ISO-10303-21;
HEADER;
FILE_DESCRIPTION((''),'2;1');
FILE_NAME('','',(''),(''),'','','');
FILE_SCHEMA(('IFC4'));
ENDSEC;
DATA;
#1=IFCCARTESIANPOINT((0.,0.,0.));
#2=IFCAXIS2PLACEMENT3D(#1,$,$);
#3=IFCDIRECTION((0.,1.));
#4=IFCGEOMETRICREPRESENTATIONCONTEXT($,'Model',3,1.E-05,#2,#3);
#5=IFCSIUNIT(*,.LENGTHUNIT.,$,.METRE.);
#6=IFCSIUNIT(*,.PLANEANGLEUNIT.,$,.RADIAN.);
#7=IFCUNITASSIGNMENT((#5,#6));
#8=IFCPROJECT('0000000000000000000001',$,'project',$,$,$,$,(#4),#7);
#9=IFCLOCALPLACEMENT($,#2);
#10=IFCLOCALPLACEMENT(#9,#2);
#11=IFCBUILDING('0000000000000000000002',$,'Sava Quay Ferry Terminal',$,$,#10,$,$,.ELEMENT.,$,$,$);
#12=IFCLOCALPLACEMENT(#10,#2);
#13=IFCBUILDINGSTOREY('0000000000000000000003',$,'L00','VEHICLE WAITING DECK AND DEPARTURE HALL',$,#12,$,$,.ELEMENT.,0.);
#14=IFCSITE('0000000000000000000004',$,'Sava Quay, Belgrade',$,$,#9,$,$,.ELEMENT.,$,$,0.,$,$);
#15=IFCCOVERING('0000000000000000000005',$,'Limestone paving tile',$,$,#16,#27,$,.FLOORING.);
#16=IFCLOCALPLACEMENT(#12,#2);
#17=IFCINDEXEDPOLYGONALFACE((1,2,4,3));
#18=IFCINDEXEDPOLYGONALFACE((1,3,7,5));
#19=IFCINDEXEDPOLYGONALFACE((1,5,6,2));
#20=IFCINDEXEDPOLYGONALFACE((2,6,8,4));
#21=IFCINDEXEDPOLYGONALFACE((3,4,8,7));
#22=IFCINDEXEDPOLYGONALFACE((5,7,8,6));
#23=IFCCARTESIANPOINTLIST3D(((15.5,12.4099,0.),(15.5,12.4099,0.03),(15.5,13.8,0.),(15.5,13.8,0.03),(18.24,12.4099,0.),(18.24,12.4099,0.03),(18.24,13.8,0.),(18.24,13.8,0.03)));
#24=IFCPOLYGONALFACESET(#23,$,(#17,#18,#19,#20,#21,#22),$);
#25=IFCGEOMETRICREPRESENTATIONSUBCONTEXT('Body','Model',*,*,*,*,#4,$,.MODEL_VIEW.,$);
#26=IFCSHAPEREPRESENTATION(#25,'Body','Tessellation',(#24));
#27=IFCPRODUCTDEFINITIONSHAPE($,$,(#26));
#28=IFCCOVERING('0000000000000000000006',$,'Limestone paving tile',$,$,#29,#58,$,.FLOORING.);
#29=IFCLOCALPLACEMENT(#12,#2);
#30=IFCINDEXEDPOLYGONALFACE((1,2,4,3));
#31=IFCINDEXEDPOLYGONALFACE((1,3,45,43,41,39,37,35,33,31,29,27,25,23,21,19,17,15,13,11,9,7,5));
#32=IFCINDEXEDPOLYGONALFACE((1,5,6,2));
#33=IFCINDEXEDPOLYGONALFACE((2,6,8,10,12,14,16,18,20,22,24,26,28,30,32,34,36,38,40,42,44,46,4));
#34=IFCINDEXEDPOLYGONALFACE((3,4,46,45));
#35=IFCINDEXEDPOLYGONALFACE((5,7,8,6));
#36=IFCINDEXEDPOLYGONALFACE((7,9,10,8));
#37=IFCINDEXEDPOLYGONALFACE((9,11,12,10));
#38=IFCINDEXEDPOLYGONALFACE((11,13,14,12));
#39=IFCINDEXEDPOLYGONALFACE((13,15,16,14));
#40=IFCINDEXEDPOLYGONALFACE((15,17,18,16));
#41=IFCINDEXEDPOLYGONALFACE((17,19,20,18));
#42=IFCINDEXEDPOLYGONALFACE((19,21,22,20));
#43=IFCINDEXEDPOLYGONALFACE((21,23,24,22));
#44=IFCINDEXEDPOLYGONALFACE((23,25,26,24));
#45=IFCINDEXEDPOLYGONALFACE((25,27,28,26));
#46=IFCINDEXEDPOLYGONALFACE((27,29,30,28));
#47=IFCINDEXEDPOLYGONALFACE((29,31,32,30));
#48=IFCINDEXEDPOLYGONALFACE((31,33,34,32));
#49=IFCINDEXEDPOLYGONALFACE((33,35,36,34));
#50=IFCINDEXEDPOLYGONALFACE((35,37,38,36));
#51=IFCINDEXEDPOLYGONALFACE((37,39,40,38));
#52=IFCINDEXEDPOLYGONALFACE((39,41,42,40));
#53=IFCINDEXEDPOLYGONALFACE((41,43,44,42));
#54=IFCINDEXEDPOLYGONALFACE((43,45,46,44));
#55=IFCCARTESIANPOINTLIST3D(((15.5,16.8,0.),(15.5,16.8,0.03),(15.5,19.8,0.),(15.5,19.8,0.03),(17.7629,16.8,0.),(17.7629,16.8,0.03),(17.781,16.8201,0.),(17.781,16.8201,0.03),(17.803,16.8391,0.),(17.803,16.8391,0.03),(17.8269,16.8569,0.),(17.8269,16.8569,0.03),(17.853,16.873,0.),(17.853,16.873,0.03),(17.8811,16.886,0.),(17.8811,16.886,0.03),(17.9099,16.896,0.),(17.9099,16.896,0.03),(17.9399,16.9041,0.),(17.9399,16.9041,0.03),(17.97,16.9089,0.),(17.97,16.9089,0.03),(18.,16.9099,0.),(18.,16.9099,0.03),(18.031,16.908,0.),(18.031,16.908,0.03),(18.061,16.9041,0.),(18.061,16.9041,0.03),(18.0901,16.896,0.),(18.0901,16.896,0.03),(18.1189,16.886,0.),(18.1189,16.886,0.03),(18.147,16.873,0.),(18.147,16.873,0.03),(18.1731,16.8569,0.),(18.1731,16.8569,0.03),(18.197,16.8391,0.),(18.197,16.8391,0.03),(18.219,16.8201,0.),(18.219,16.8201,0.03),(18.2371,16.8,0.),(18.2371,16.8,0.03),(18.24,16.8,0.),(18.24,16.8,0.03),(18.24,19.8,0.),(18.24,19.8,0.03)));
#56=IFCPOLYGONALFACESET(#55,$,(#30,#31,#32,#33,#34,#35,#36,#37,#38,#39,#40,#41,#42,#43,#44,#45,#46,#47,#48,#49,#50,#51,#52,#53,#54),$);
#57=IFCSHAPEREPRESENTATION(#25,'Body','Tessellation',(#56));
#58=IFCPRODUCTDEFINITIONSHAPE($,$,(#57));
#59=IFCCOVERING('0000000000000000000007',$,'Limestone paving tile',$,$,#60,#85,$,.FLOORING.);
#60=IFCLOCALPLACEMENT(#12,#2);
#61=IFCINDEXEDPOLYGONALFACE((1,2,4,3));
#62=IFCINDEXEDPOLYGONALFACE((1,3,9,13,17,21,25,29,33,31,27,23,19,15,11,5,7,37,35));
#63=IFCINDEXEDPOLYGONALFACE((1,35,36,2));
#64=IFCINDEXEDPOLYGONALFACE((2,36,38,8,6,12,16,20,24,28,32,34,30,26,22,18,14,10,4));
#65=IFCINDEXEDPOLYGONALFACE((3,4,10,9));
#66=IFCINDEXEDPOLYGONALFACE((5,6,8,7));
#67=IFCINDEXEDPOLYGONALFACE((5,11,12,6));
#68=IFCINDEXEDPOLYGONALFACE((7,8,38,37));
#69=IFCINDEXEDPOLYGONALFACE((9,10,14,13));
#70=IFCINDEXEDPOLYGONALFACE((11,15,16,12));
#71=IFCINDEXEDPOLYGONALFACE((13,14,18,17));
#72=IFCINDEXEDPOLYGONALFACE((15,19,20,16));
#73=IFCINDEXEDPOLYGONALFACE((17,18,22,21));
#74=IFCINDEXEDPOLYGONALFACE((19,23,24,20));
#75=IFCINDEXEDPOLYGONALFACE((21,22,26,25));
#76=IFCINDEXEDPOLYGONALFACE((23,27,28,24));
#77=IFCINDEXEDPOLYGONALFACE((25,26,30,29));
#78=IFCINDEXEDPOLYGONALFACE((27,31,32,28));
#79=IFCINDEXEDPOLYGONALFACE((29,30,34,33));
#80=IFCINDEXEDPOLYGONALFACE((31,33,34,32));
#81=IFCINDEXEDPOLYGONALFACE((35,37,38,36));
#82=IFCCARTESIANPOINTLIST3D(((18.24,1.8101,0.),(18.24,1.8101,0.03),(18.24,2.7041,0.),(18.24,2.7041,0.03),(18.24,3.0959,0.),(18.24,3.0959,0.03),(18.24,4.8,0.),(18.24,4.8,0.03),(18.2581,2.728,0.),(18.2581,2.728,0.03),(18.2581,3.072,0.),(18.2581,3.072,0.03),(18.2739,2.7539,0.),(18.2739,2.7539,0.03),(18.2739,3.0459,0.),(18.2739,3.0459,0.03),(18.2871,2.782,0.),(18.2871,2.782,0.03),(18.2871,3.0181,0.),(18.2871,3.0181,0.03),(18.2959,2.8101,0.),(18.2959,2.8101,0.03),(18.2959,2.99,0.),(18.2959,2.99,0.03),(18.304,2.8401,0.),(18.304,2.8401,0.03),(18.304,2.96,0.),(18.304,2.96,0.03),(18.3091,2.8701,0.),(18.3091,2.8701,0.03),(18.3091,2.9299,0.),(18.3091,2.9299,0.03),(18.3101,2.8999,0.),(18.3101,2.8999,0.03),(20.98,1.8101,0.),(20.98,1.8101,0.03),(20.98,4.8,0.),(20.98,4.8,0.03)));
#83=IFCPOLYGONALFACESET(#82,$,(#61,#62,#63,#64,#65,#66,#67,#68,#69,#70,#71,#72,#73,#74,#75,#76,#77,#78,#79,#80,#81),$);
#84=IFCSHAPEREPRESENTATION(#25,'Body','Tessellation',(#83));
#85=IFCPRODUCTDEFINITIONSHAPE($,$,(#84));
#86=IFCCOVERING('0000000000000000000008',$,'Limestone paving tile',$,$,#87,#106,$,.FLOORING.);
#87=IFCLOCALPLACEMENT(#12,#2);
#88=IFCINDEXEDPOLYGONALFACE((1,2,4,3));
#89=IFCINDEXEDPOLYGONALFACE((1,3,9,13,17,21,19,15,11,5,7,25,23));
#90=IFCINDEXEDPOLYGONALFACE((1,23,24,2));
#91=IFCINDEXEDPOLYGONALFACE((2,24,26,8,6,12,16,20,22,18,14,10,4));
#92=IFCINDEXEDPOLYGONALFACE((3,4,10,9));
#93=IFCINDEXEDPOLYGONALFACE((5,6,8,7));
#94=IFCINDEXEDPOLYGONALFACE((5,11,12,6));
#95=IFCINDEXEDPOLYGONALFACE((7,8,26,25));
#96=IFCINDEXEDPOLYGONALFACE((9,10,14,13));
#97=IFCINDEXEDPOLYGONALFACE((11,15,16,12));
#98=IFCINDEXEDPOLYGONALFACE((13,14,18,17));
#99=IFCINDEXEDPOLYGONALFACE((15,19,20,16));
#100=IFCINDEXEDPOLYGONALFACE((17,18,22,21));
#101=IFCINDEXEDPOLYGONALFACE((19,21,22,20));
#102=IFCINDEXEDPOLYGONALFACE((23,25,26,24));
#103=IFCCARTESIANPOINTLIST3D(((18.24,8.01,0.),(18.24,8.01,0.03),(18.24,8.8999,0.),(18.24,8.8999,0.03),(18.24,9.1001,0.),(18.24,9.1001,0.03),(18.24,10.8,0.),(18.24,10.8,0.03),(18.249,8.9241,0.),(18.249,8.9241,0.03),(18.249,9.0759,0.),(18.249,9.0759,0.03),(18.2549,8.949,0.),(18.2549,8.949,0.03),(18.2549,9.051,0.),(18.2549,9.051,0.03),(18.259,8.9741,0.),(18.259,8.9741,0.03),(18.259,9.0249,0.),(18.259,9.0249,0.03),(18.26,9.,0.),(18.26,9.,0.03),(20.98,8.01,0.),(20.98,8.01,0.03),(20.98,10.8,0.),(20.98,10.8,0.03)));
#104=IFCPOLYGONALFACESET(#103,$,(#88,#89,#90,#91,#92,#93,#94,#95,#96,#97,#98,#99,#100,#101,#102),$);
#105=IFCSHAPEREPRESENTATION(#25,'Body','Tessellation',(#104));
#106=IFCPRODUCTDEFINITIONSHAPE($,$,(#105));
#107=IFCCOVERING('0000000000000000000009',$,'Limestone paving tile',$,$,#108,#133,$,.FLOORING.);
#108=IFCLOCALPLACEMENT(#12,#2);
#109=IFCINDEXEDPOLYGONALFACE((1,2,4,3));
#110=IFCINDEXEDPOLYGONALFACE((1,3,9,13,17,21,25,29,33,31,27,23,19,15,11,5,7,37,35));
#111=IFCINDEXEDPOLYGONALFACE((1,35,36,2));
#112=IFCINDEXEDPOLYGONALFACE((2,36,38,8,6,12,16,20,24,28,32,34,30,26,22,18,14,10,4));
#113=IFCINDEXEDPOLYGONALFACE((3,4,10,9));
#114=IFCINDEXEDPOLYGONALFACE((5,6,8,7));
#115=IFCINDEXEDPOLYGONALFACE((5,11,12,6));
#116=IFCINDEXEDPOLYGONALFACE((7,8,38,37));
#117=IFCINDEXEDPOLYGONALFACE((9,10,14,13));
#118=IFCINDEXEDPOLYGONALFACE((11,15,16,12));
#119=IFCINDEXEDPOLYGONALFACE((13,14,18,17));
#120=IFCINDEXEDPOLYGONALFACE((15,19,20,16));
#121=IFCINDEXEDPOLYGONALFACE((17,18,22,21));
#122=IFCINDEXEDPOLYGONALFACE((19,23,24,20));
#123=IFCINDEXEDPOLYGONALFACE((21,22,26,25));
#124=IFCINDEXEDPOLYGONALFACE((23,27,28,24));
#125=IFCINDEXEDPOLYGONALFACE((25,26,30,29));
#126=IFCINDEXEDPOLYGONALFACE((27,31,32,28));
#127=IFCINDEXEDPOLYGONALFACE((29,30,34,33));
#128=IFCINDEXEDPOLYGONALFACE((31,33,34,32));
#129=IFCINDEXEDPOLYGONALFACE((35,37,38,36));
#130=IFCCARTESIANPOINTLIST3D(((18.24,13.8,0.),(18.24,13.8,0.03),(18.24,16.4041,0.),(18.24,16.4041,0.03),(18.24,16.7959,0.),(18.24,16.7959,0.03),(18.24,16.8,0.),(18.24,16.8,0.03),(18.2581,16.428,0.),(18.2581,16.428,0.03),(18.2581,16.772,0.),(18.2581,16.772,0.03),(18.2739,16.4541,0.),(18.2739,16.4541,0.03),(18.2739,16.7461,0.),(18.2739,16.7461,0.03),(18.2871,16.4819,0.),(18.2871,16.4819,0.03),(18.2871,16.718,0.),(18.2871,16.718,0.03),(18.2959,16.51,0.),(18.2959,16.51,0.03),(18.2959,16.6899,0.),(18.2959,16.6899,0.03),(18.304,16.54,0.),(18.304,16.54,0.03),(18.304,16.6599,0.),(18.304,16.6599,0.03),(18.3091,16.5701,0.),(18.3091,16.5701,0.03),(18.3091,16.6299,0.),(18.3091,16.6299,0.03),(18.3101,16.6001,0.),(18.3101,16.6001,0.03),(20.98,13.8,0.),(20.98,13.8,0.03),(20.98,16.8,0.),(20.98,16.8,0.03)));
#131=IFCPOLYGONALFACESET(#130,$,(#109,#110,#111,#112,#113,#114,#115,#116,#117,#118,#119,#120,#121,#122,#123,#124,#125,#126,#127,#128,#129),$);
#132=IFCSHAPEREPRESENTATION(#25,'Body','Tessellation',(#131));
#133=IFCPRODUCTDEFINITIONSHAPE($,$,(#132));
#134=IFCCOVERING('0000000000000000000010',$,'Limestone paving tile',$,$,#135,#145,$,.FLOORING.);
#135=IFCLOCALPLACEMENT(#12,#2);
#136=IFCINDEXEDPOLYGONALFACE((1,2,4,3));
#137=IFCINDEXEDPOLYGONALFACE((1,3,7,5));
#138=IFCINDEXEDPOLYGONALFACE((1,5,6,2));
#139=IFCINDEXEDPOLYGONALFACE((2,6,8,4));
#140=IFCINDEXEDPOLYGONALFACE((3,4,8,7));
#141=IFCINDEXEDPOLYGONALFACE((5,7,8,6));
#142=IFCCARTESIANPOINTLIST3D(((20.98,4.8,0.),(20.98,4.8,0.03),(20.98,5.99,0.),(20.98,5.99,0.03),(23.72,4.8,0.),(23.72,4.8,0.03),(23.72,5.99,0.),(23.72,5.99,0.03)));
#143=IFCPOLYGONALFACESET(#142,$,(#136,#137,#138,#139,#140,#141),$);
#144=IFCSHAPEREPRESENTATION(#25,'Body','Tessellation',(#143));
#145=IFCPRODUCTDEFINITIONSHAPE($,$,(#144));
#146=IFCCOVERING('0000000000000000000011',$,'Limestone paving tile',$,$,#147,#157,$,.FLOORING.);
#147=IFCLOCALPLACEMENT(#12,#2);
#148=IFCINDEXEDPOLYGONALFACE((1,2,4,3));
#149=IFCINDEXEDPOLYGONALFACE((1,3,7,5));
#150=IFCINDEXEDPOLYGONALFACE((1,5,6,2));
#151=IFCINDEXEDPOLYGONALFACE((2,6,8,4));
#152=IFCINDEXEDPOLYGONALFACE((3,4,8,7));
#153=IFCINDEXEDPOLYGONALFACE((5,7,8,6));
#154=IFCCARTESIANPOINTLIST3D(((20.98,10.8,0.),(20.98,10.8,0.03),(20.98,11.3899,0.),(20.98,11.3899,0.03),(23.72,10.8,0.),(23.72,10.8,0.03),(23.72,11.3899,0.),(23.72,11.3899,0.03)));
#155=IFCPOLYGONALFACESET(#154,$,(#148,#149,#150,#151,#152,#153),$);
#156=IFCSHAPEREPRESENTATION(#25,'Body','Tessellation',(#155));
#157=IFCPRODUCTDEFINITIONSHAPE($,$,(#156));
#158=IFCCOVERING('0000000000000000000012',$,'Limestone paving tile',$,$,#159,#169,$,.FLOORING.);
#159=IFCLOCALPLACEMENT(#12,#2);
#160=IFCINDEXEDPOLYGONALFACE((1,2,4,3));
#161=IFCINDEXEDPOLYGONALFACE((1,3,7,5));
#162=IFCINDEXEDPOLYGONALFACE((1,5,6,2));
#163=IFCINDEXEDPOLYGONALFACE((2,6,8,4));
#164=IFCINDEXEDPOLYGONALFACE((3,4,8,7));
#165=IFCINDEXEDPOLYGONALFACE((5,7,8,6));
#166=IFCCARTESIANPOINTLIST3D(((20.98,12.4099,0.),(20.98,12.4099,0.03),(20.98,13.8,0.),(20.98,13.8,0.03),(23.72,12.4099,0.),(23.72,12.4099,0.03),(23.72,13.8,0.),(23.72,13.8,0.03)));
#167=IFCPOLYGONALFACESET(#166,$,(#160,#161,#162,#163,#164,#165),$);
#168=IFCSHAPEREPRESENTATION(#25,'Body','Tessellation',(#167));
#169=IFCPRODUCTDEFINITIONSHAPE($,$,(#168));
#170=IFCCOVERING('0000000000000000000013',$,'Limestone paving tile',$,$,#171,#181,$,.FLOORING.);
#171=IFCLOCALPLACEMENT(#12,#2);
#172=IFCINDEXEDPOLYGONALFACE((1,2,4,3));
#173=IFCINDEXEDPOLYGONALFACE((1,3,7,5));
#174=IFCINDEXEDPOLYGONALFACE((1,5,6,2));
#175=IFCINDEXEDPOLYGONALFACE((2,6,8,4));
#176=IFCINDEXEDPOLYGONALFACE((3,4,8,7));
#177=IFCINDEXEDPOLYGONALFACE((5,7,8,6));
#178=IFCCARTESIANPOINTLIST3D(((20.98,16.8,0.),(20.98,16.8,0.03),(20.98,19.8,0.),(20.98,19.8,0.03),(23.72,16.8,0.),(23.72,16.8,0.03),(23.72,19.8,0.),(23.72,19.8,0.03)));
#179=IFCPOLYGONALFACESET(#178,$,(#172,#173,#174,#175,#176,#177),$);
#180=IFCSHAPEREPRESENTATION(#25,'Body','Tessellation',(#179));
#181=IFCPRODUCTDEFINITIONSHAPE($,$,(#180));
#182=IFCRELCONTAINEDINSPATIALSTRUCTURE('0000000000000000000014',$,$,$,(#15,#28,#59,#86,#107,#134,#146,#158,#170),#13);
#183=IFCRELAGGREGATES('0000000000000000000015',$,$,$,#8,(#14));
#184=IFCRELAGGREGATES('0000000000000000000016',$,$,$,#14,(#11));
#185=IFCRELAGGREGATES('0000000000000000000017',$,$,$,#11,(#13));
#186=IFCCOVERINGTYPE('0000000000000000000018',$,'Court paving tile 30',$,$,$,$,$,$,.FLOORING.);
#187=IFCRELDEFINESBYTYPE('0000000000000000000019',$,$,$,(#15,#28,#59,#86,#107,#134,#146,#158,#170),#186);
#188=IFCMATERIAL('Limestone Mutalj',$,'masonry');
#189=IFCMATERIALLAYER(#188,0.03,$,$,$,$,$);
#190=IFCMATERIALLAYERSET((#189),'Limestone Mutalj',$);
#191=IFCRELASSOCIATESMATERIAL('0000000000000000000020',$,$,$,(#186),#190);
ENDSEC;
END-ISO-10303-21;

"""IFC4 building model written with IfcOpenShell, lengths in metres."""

from ifc_helpers import new_model, si_unit, direction, origin, place, context, subcontext, project, spatial, polyline, outline, extrude, material, layer, layer_set, type_object, element, save


model = new_model("IFC4")

# Units and contexts
model_context = context("Model", 3, precision=1e-05, world=origin(), true_north=direction((0.0, 1.0)))
body_context = subcontext(model_context, "Body", "Model", "MODEL_VIEW")
ifc_project = project(units=[si_unit("LENGTHUNIT", "METRE"), si_unit("PLANEANGLEUNIT", "RADIAN")], contexts=[model_context])

# Site, building, storey
site_placement = place(None, origin())
site = spatial("IfcSite", under=ifc_project, at=site_placement, Name="Sava Quay, Belgrade", CompositionType="ELEMENT", RefElevation=0.0)
building_placement = place(site_placement, origin())
building = spatial("IfcBuilding", under=site, at=building_placement, Name="Sava Quay Ferry Terminal", CompositionType="ELEMENT")
storey_placement = place(building_placement, origin())
storey = spatial("IfcBuildingStorey", under=building, at=storey_placement, Name="L00", Description="VEHICLE WAITING DECK AND DEPARTURE HALL", CompositionType="ELEMENT", Elevation=0.0)

# Coverings
ifc_material_1 = material(Name="Limestone Mutalj", Category="masonry")
ifc_layer_1 = layer(ifc_material_1, 0.03)
ifc_layer_set_1 = layer_set([ifc_layer_1], Name="Limestone Mutalj")
covering_type_1 = type_object("IfcCoveringType", Name="Court paving tile 30", PredefinedType="FLOORING", material=ifc_layer_set_1)
covering_1_placement = place(storey_placement, origin())
element("IfcCovering", 1, at=covering_1_placement, inside=storey, type_object=covering_type_1, Name="Limestone paving tile", PredefinedType="FLOORING", context=body_context, shape_type="SweptSolid", body=[
    extrude(outline(polyline([(15.5, 13.8), (15.5, 12.4099), (18.24, 12.4099), (18.24, 13.8), (15.5, 13.8)])), origin(), (0.0, 0.0, 1.0), 0.03),
])
covering_2_placement = place(storey_placement, origin())
element("IfcCovering", 2, at=covering_2_placement, inside=storey, type_object=covering_type_1, Name="Limestone paving tile", PredefinedType="FLOORING", context=body_context, shape_type="SweptSolid", body=[
    extrude(outline(polyline([(18.24, 16.8), (18.24, 19.8), (15.5, 19.8), (15.5, 16.8), (17.7629, 16.8), (17.781, 16.8201), (17.803, 16.8391), (17.8269, 16.8569), (17.853, 16.873), (17.8811, 16.886), (17.9099, 16.896), (17.9399, 16.9041), (17.97, 16.9089), (18.0, 16.9099), (18.031, 16.908), (18.061, 16.9041), (18.0901, 16.896), (18.1189, 16.886), (18.147, 16.873), (18.1731, 16.8569), (18.197, 16.8391), (18.219, 16.8201), (18.2371, 16.8), (18.24, 16.8)])), origin(), (0.0, 0.0, 1.0), 0.03),
])
covering_3_placement = place(storey_placement, origin())
element("IfcCovering", 3, at=covering_3_placement, inside=storey, type_object=covering_type_1, Name="Limestone paving tile", PredefinedType="FLOORING", context=body_context, shape_type="SweptSolid", body=[
    extrude(outline(polyline([(18.24, 4.8), (18.24, 3.0959), (18.2581, 3.072), (18.2739, 3.0459), (18.2871, 3.0181), (18.2959, 2.99), (18.304, 2.96), (18.3091, 2.9299), (18.3101, 2.8999), (18.3091, 2.8701), (18.304, 2.8401), (18.2959, 2.8101), (18.2871, 2.782), (18.2739, 2.7539), (18.2581, 2.728), (18.24, 2.7041), (18.24, 1.8101), (20.98, 1.8101), (20.98, 4.8), (18.24, 4.8)])), origin(), (0.0, 0.0, 1.0), 0.03),
])
covering_4_placement = place(storey_placement, origin())
element("IfcCovering", 4, at=covering_4_placement, inside=storey, type_object=covering_type_1, Name="Limestone paving tile", PredefinedType="FLOORING", context=body_context, shape_type="SweptSolid", body=[
    extrude(outline(polyline([(18.24, 10.8), (18.24, 9.1001), (18.249, 9.0759), (18.2549, 9.051), (18.259, 9.0249), (18.26, 9.0), (18.259, 8.9741), (18.2549, 8.949), (18.249, 8.9241), (18.24, 8.8999), (18.24, 8.01), (20.98, 8.01), (20.98, 10.8), (18.24, 10.8)])), origin(), (0.0, 0.0, 1.0), 0.03),
])
covering_5_placement = place(storey_placement, origin())
element("IfcCovering", 5, at=covering_5_placement, inside=storey, type_object=covering_type_1, Name="Limestone paving tile", PredefinedType="FLOORING", context=body_context, shape_type="SweptSolid", body=[
    extrude(outline(polyline([(18.24, 16.8), (18.24, 16.7959), (18.2581, 16.772), (18.2739, 16.7461), (18.2871, 16.718), (18.2959, 16.6899), (18.304, 16.6599), (18.3091, 16.6299), (18.3101, 16.6001), (18.3091, 16.5701), (18.304, 16.54), (18.2959, 16.51), (18.2871, 16.4819), (18.2739, 16.4541), (18.2581, 16.428), (18.24, 16.4041), (18.24, 13.8), (20.98, 13.8), (20.98, 16.8), (18.24, 16.8)])), origin(), (0.0, 0.0, 1.0), 0.03),
])
covering_6_placement = place(storey_placement, origin())
element("IfcCovering", 6, at=covering_6_placement, inside=storey, type_object=covering_type_1, Name="Limestone paving tile", PredefinedType="FLOORING", context=body_context, shape_type="SweptSolid", body=[
    extrude(outline(polyline([(23.72, 4.8), (23.72, 5.99), (20.98, 5.99), (20.98, 4.8), (23.72, 4.8)])), origin(), (0.0, 0.0, 1.0), 0.03),
])
covering_7_placement = place(storey_placement, origin())
element("IfcCovering", 7, at=covering_7_placement, inside=storey, type_object=covering_type_1, Name="Limestone paving tile", PredefinedType="FLOORING", context=body_context, shape_type="SweptSolid", body=[
    extrude(outline(polyline([(23.72, 10.8), (23.72, 11.3899), (20.98, 11.3899), (20.98, 10.8), (23.72, 10.8)])), origin(), (0.0, 0.0, 1.0), 0.03),
])
covering_8_placement = place(storey_placement, origin())
element("IfcCovering", 8, at=covering_8_placement, inside=storey, type_object=covering_type_1, Name="Limestone paving tile", PredefinedType="FLOORING", context=body_context, shape_type="SweptSolid", body=[
    extrude(outline(polyline([(20.98, 13.8), (20.98, 12.4099), (23.72, 12.4099), (23.72, 13.8), (20.98, 13.8)])), origin(), (0.0, 0.0, 1.0), 0.03),
])
covering_9_placement = place(storey_placement, origin())
element("IfcCovering", 9, at=covering_9_placement, inside=storey, type_object=covering_type_1, Name="Limestone paving tile", PredefinedType="FLOORING", context=body_context, shape_type="SweptSolid", body=[
    extrude(outline(polyline([(23.72, 16.8), (23.72, 19.8), (20.98, 19.8), (20.98, 16.8), (23.72, 16.8)])), origin(), (0.0, 0.0, 1.0), 0.03),
])

save(model, "model.ifc")
